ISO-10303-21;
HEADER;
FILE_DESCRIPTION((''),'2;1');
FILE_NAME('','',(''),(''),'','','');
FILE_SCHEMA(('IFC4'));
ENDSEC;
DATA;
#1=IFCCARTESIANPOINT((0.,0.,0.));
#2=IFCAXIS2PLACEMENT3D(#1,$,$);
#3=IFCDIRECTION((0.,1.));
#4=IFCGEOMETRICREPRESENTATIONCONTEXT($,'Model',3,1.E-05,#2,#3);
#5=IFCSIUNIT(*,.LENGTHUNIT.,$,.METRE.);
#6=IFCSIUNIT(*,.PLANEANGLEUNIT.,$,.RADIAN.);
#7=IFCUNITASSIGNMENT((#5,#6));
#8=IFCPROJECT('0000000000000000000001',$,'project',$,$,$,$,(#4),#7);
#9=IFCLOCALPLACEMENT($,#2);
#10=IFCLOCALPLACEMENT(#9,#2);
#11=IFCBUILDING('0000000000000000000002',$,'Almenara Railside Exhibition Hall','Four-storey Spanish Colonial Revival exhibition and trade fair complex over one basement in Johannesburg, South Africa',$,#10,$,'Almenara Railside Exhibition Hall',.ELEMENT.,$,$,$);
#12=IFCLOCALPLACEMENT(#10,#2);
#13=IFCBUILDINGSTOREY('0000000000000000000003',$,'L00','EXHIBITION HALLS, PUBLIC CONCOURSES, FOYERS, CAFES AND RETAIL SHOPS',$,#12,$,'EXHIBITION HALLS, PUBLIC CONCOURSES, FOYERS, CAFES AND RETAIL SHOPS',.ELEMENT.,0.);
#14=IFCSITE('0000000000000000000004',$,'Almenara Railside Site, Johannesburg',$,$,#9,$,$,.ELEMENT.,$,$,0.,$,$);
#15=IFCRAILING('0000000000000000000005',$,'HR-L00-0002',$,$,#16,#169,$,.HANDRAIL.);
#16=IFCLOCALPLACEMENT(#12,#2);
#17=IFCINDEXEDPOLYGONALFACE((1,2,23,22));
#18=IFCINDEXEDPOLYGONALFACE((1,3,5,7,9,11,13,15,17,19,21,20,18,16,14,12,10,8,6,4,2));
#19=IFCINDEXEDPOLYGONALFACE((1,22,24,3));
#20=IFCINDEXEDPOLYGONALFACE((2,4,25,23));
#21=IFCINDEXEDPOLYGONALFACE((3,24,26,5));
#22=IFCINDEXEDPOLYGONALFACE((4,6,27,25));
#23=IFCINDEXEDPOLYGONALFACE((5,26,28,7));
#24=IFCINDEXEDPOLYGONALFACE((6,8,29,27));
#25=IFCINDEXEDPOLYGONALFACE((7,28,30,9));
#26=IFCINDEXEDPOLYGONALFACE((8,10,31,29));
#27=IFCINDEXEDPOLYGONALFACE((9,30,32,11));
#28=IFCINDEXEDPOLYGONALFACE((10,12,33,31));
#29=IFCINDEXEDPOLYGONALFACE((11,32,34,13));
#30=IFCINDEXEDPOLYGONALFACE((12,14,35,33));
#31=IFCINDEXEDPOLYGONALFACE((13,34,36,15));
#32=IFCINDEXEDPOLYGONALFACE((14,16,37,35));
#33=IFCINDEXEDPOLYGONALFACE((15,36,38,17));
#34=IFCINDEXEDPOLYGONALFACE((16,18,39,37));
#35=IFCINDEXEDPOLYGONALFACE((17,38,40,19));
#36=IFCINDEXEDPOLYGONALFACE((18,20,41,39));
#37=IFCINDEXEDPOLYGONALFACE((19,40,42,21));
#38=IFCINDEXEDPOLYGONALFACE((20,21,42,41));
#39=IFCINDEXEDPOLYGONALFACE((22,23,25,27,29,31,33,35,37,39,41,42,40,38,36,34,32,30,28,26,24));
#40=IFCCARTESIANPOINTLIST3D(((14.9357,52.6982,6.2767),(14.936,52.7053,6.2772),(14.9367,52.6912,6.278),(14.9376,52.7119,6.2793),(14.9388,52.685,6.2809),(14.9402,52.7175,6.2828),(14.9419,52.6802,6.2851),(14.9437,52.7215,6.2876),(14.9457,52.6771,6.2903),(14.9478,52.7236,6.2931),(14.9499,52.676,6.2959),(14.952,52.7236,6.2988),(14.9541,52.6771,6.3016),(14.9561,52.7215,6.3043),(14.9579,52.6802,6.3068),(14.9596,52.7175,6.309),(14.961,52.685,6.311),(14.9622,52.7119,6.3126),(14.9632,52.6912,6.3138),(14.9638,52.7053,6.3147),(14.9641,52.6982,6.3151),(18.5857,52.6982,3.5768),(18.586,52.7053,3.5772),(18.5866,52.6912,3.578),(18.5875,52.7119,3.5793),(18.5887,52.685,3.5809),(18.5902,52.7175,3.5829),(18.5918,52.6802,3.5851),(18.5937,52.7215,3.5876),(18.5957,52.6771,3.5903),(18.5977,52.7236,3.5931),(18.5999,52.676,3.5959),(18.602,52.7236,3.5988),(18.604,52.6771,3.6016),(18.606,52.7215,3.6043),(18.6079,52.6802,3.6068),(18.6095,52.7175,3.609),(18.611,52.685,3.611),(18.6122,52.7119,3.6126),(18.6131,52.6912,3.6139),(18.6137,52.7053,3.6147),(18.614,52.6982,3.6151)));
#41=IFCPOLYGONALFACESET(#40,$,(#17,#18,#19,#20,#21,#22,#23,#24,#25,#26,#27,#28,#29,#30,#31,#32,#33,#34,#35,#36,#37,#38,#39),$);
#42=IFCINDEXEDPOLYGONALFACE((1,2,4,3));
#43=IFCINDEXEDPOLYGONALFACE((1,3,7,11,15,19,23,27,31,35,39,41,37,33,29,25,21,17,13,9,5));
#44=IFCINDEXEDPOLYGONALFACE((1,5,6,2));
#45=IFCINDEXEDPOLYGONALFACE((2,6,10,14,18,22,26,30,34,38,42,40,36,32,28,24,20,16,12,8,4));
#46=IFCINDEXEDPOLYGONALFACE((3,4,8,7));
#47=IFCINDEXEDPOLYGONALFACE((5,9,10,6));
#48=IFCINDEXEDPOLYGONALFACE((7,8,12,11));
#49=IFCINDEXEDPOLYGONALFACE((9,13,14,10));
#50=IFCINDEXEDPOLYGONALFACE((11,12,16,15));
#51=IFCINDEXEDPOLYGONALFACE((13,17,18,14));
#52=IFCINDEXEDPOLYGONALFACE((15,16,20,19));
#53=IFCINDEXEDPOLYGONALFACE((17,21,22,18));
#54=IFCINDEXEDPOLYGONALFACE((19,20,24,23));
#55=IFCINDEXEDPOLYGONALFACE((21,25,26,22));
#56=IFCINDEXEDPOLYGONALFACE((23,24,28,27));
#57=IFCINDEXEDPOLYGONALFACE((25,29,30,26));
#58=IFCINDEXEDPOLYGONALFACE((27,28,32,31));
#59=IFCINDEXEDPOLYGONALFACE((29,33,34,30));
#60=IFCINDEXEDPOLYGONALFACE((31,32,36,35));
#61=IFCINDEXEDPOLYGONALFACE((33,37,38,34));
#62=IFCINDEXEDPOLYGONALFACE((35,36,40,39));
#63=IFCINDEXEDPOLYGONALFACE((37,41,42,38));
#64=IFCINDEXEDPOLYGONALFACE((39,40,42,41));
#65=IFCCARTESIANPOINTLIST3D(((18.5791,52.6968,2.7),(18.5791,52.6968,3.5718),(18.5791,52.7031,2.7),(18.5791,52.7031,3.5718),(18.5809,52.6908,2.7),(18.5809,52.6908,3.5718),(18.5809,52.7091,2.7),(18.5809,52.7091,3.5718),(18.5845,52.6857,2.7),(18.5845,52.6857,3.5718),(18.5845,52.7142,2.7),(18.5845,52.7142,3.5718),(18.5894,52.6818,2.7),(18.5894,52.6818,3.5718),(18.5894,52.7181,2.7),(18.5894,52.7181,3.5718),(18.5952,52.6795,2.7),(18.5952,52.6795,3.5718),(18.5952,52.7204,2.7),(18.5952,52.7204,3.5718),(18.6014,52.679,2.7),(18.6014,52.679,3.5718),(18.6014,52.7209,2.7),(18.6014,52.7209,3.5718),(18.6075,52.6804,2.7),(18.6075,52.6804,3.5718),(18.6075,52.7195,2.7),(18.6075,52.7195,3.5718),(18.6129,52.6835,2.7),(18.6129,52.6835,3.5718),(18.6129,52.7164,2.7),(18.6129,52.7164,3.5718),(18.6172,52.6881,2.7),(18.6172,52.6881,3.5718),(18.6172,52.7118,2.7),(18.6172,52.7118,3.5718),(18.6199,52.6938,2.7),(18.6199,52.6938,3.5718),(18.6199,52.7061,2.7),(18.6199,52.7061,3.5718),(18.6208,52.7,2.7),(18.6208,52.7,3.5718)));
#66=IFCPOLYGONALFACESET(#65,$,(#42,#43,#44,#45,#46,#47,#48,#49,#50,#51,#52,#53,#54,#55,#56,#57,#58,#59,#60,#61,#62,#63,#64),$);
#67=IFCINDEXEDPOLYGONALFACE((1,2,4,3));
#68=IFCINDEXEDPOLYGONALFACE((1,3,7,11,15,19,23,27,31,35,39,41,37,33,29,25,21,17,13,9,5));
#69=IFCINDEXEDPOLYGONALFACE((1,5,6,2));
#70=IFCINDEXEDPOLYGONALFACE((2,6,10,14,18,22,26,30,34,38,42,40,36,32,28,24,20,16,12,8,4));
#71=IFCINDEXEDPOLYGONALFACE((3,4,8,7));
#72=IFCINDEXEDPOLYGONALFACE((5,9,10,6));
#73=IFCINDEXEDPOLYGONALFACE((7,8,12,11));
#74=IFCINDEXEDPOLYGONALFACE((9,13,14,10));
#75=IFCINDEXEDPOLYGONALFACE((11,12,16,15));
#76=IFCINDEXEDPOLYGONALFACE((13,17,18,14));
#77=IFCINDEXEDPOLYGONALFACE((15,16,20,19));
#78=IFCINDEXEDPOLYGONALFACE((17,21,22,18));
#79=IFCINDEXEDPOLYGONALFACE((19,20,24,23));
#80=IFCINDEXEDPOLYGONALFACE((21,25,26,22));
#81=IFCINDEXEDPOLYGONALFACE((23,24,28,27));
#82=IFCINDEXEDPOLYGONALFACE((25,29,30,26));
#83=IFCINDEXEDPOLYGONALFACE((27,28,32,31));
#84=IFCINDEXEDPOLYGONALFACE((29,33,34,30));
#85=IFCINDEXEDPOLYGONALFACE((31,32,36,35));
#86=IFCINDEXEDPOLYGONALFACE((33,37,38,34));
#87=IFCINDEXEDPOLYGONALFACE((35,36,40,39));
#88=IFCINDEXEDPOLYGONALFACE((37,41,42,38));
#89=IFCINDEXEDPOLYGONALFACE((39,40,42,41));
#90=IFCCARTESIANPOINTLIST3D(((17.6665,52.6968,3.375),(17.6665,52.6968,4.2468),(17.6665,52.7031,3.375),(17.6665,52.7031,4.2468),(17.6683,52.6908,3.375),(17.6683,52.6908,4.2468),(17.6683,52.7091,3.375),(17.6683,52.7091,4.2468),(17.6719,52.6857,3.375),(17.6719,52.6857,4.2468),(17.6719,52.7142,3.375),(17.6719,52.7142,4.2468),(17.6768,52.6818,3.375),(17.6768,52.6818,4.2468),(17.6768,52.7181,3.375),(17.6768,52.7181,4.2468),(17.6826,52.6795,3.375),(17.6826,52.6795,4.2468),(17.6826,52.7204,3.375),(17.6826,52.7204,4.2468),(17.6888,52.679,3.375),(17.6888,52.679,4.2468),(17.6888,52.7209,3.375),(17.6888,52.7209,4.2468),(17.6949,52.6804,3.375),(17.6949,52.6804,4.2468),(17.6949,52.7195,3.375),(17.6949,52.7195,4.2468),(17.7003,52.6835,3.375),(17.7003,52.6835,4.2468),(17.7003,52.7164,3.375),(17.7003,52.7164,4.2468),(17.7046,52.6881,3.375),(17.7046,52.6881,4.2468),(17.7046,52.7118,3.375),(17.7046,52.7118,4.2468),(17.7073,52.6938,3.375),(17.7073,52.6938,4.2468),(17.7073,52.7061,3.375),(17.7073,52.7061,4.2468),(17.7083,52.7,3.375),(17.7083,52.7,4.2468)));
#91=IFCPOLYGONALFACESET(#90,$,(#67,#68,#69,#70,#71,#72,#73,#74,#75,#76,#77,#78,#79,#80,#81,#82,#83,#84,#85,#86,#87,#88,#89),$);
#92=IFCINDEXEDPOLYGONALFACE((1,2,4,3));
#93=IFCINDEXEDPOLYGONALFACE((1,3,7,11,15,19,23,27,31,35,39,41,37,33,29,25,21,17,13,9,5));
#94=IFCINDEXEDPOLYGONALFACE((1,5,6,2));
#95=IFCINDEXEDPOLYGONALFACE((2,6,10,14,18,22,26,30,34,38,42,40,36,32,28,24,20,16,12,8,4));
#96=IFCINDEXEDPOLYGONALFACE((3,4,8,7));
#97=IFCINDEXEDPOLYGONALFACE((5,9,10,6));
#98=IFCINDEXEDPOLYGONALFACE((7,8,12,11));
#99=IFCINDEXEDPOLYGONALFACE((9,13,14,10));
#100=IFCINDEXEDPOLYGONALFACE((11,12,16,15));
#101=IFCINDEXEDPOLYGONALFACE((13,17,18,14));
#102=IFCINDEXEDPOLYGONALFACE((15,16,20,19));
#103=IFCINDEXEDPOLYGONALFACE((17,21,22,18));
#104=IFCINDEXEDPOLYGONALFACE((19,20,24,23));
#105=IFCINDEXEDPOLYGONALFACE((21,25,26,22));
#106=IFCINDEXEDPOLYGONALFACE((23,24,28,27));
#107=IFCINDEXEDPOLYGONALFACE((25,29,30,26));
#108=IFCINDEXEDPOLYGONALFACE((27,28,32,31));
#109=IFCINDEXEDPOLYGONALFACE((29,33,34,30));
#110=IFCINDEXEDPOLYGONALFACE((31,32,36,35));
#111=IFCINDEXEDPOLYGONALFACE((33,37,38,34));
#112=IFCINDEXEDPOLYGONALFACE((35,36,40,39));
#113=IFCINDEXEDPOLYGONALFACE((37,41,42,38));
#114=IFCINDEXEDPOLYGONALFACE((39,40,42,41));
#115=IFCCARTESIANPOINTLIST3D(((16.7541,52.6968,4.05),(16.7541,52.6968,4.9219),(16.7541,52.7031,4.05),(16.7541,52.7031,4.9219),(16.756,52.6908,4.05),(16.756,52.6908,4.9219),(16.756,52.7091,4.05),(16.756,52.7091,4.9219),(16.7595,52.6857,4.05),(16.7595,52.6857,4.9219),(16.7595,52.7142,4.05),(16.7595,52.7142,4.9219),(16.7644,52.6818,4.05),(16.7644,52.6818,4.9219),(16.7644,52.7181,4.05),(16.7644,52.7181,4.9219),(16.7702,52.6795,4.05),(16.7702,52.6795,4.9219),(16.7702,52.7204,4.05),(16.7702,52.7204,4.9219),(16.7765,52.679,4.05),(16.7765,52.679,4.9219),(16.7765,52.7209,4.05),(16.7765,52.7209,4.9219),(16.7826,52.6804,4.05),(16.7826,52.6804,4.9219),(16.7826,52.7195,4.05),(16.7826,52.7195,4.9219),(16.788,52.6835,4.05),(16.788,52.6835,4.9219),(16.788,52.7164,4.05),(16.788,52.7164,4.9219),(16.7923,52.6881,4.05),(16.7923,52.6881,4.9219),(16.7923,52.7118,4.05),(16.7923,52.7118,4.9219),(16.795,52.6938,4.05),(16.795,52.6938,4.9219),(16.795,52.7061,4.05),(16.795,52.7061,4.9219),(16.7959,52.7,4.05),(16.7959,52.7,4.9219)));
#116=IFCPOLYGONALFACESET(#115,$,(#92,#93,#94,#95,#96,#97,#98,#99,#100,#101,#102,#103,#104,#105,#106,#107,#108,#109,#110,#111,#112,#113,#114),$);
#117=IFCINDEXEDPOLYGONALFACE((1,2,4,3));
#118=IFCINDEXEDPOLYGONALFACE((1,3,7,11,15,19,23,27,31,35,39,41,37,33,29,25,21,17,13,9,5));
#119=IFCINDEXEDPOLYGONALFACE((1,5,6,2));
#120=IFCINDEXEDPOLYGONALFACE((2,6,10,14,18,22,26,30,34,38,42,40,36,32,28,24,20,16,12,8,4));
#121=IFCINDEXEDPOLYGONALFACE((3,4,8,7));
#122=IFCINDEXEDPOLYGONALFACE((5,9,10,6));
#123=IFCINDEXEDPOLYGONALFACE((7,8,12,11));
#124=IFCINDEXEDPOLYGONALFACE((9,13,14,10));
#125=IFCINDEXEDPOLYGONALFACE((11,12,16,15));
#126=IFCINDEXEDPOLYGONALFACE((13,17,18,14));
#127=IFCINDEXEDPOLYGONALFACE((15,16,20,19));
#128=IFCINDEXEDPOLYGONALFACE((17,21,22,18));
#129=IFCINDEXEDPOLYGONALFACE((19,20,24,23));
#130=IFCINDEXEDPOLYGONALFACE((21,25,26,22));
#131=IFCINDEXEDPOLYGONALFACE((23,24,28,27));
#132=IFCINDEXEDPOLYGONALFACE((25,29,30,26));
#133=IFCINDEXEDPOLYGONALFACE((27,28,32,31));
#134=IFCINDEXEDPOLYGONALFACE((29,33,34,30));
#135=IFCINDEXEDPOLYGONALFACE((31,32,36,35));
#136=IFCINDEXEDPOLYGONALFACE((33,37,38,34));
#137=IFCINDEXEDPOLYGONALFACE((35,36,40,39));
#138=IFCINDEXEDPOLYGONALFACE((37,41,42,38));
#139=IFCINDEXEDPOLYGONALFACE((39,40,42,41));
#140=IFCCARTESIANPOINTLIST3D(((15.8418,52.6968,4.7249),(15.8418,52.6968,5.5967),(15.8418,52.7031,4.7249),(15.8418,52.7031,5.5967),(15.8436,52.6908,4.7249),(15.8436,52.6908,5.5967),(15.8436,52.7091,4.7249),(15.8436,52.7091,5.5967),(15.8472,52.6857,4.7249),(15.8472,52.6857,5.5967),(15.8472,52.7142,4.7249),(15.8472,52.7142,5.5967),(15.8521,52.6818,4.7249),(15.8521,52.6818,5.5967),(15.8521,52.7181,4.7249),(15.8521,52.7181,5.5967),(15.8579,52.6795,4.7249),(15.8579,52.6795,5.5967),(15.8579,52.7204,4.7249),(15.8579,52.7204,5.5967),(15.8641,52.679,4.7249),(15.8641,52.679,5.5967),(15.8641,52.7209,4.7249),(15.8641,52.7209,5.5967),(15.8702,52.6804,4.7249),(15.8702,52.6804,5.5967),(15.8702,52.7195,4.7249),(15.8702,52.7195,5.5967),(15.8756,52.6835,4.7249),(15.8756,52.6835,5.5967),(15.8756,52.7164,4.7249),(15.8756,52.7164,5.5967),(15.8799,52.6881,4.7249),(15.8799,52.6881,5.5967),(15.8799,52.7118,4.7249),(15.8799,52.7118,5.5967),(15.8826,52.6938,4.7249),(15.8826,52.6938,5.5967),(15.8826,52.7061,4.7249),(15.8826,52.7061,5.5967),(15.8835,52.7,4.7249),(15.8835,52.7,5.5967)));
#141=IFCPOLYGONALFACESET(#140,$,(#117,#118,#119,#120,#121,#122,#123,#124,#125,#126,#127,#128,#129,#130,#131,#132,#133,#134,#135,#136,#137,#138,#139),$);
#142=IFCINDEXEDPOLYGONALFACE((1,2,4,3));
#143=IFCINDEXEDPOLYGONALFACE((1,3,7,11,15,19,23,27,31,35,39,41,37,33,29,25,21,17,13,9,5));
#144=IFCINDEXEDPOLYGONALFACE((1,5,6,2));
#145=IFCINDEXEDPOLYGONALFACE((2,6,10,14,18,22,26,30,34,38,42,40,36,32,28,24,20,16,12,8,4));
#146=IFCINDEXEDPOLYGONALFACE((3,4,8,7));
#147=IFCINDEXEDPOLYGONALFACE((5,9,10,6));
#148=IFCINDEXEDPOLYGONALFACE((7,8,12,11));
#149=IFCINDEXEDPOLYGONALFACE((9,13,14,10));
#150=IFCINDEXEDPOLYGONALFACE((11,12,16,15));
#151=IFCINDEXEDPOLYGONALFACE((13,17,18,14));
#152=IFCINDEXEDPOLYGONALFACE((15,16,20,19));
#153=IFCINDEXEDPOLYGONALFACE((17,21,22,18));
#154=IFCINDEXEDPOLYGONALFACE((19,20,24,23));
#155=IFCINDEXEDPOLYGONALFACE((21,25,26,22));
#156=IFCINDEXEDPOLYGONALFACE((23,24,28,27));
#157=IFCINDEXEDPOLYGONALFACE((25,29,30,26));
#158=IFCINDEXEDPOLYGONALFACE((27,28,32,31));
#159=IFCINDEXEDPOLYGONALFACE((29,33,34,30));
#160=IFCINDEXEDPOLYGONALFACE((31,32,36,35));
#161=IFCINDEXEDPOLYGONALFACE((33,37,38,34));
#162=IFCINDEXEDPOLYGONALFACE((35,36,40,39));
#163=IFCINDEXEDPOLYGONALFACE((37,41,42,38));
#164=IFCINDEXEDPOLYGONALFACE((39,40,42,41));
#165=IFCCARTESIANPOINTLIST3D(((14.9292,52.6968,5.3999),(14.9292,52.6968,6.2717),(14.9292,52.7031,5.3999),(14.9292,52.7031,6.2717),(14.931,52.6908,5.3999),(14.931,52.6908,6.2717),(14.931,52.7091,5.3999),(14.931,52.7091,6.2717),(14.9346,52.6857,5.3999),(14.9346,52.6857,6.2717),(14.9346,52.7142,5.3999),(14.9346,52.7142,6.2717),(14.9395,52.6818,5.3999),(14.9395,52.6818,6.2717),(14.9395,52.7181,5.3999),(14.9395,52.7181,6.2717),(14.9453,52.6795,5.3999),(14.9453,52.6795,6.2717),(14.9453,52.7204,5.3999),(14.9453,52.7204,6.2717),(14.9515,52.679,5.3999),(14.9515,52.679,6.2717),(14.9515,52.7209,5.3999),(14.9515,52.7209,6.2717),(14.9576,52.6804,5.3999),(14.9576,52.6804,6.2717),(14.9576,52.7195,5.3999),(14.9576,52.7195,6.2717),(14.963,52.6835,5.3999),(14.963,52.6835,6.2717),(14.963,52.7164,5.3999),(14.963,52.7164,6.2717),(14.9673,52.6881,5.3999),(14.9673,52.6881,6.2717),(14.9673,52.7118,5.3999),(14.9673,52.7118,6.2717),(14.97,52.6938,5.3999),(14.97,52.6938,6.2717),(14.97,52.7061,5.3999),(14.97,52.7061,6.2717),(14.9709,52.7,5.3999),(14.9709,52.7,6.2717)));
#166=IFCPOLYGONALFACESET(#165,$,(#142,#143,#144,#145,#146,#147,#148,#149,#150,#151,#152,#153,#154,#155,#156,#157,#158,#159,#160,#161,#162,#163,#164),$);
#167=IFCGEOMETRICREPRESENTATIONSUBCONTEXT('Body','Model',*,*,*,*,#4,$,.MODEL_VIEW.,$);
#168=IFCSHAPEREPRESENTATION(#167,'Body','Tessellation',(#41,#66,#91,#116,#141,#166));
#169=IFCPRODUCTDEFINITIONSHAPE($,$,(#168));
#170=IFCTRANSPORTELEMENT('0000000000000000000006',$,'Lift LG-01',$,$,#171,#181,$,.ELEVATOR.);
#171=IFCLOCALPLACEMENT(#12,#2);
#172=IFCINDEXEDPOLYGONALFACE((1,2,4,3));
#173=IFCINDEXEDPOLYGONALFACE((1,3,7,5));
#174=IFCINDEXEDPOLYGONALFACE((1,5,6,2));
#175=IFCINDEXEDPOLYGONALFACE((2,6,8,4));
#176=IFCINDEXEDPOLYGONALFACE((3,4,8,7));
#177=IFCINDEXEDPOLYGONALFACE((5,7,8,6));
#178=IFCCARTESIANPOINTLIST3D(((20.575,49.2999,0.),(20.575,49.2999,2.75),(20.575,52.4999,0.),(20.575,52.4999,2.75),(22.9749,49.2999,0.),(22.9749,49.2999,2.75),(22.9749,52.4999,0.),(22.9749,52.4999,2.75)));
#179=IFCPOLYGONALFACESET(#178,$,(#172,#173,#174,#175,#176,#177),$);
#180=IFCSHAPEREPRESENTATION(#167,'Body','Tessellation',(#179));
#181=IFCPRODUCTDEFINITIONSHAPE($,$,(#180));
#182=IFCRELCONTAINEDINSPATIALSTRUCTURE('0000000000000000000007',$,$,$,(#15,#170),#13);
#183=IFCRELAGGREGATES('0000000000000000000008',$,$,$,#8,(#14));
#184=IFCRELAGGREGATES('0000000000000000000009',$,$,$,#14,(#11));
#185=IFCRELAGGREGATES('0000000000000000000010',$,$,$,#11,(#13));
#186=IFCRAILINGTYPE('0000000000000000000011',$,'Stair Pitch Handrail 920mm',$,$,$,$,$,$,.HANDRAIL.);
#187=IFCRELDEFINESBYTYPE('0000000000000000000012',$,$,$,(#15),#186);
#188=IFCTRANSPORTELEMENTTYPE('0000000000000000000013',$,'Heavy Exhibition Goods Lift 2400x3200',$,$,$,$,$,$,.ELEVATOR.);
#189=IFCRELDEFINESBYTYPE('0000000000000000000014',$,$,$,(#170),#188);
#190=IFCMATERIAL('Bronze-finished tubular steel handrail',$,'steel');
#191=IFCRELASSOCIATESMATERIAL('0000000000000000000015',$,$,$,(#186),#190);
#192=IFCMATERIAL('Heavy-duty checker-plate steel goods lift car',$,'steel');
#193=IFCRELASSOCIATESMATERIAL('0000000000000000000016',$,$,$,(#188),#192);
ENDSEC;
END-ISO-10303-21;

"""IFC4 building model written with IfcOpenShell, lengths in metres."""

from ifc_helpers import new_model, si_unit, direction, frame, origin, origin_2d, place, context, subcontext, project, spatial, rectangle, circle, extrude, material, type_object, element, save


model = new_model("IFC4")

# Units and contexts
model_context = context("Model", 3, precision=1e-05, world=origin(), true_north=direction((0.0, 1.0)))
body_context = subcontext(model_context, "Body", "Model", "MODEL_VIEW")
ifc_project = project(units=[si_unit("LENGTHUNIT", "METRE"), si_unit("PLANEANGLEUNIT", "RADIAN")], contexts=[model_context])

# Site, building, storey
site_placement = place(None, origin())
site = spatial("IfcSite", under=ifc_project, at=site_placement, Name="Almenara Railside Site, Johannesburg", CompositionType="ELEMENT", RefElevation=0.0)
building_placement = place(site_placement, origin())
building = spatial("IfcBuilding", under=site, at=building_placement, Name="Almenara Railside Exhibition Hall", Description="Four-storey Spanish Colonial Revival exhibition and trade fair complex over one basement in Johannesburg, South Africa", LongName="Almenara Railside Exhibition Hall", CompositionType="ELEMENT")
storey_placement = place(building_placement, origin())
storey = spatial("IfcBuildingStorey", under=building, at=storey_placement, Name="L00", Description="EXHIBITION HALLS, PUBLIC CONCOURSES, FOYERS, CAFES AND RETAIL SHOPS", LongName="EXHIBITION HALLS, PUBLIC CONCOURSES, FOYERS, CAFES AND RETAIL SHOPS", CompositionType="ELEMENT", Elevation=0.0)

# Railing
ifc_material_1 = material(Name="Bronze-finished tubular steel handrail", Category="steel")
railing_type_1 = type_object("IfcRailingType", Name="Stair Pitch Handrail 920mm", PredefinedType="HANDRAIL", material=ifc_material_1)
railing_1_placement = place(storey_placement, frame((18.5999, 52.7, 2.7)))
element("IfcRailing", 1, at=railing_1_placement, inside=storey, type_object=railing_type_1, Name="HR-L00-0002", PredefinedType="HANDRAIL", context=body_context, shape_type="SweptSolid", body=[
    extrude(circle(Radius=0.0239, at=origin_2d()), frame((0.0, 0.0, 0.896), z_axis=(-0.803945, 0.0, 0.594704), x_axis=(0.0, -1.0, 0.0)), (0.0, 0.0, 1.0), 4.54),
    extrude(circle(Radius=0.021, at=origin_2d()), origin(), (0.0, 0.0, 1.0), 0.8718),
    extrude(circle(Radius=0.021, at=origin_2d()), frame((-0.9126, 0.0, 0.675)), (0.0, 0.0, 1.0), 0.8718),
    extrude(circle(Radius=0.021, at=origin_2d()), frame((-1.825, 0.0, 1.3501)), (0.0, 0.0, 1.0), 0.8718),
    extrude(circle(Radius=0.021, at=origin_2d()), frame((-2.7373, 0.0, 2.0249)), (0.0, 0.0, 1.0), 0.8718),
    extrude(circle(Radius=0.021, at=origin_2d()), frame((-3.6499, 0.0, 2.7)), (0.0, 0.0, 1.0), 0.8718),
])

# Transport element
ifc_material_2 = material(Name="Heavy-duty checker-plate steel goods lift car", Category="steel")
transport_element_type = type_object("IfcTransportElementType", Name="Heavy Exhibition Goods Lift 2400x3200", PredefinedType="ELEVATOR", material=ifc_material_2)
transport_element_placement = place(storey_placement, frame((21.7749, 50.8999, 0.0), z_axis=(0.0, 0.0, 1.0), x_axis=(1.0, 0.0, 0.0)))
element("IfcTransportElement", 2, at=transport_element_placement, inside=storey, type_object=transport_element_type, Name="Lift LG-01", PredefinedType="ELEVATOR", context=body_context, shape_type="SweptSolid", body=[
    extrude(rectangle(XDim=2.3999, YDim=3.2, at=origin_2d()), origin(), (0.0, 0.0, 1.0), 2.75),
])

save(model, "model.ifc")
